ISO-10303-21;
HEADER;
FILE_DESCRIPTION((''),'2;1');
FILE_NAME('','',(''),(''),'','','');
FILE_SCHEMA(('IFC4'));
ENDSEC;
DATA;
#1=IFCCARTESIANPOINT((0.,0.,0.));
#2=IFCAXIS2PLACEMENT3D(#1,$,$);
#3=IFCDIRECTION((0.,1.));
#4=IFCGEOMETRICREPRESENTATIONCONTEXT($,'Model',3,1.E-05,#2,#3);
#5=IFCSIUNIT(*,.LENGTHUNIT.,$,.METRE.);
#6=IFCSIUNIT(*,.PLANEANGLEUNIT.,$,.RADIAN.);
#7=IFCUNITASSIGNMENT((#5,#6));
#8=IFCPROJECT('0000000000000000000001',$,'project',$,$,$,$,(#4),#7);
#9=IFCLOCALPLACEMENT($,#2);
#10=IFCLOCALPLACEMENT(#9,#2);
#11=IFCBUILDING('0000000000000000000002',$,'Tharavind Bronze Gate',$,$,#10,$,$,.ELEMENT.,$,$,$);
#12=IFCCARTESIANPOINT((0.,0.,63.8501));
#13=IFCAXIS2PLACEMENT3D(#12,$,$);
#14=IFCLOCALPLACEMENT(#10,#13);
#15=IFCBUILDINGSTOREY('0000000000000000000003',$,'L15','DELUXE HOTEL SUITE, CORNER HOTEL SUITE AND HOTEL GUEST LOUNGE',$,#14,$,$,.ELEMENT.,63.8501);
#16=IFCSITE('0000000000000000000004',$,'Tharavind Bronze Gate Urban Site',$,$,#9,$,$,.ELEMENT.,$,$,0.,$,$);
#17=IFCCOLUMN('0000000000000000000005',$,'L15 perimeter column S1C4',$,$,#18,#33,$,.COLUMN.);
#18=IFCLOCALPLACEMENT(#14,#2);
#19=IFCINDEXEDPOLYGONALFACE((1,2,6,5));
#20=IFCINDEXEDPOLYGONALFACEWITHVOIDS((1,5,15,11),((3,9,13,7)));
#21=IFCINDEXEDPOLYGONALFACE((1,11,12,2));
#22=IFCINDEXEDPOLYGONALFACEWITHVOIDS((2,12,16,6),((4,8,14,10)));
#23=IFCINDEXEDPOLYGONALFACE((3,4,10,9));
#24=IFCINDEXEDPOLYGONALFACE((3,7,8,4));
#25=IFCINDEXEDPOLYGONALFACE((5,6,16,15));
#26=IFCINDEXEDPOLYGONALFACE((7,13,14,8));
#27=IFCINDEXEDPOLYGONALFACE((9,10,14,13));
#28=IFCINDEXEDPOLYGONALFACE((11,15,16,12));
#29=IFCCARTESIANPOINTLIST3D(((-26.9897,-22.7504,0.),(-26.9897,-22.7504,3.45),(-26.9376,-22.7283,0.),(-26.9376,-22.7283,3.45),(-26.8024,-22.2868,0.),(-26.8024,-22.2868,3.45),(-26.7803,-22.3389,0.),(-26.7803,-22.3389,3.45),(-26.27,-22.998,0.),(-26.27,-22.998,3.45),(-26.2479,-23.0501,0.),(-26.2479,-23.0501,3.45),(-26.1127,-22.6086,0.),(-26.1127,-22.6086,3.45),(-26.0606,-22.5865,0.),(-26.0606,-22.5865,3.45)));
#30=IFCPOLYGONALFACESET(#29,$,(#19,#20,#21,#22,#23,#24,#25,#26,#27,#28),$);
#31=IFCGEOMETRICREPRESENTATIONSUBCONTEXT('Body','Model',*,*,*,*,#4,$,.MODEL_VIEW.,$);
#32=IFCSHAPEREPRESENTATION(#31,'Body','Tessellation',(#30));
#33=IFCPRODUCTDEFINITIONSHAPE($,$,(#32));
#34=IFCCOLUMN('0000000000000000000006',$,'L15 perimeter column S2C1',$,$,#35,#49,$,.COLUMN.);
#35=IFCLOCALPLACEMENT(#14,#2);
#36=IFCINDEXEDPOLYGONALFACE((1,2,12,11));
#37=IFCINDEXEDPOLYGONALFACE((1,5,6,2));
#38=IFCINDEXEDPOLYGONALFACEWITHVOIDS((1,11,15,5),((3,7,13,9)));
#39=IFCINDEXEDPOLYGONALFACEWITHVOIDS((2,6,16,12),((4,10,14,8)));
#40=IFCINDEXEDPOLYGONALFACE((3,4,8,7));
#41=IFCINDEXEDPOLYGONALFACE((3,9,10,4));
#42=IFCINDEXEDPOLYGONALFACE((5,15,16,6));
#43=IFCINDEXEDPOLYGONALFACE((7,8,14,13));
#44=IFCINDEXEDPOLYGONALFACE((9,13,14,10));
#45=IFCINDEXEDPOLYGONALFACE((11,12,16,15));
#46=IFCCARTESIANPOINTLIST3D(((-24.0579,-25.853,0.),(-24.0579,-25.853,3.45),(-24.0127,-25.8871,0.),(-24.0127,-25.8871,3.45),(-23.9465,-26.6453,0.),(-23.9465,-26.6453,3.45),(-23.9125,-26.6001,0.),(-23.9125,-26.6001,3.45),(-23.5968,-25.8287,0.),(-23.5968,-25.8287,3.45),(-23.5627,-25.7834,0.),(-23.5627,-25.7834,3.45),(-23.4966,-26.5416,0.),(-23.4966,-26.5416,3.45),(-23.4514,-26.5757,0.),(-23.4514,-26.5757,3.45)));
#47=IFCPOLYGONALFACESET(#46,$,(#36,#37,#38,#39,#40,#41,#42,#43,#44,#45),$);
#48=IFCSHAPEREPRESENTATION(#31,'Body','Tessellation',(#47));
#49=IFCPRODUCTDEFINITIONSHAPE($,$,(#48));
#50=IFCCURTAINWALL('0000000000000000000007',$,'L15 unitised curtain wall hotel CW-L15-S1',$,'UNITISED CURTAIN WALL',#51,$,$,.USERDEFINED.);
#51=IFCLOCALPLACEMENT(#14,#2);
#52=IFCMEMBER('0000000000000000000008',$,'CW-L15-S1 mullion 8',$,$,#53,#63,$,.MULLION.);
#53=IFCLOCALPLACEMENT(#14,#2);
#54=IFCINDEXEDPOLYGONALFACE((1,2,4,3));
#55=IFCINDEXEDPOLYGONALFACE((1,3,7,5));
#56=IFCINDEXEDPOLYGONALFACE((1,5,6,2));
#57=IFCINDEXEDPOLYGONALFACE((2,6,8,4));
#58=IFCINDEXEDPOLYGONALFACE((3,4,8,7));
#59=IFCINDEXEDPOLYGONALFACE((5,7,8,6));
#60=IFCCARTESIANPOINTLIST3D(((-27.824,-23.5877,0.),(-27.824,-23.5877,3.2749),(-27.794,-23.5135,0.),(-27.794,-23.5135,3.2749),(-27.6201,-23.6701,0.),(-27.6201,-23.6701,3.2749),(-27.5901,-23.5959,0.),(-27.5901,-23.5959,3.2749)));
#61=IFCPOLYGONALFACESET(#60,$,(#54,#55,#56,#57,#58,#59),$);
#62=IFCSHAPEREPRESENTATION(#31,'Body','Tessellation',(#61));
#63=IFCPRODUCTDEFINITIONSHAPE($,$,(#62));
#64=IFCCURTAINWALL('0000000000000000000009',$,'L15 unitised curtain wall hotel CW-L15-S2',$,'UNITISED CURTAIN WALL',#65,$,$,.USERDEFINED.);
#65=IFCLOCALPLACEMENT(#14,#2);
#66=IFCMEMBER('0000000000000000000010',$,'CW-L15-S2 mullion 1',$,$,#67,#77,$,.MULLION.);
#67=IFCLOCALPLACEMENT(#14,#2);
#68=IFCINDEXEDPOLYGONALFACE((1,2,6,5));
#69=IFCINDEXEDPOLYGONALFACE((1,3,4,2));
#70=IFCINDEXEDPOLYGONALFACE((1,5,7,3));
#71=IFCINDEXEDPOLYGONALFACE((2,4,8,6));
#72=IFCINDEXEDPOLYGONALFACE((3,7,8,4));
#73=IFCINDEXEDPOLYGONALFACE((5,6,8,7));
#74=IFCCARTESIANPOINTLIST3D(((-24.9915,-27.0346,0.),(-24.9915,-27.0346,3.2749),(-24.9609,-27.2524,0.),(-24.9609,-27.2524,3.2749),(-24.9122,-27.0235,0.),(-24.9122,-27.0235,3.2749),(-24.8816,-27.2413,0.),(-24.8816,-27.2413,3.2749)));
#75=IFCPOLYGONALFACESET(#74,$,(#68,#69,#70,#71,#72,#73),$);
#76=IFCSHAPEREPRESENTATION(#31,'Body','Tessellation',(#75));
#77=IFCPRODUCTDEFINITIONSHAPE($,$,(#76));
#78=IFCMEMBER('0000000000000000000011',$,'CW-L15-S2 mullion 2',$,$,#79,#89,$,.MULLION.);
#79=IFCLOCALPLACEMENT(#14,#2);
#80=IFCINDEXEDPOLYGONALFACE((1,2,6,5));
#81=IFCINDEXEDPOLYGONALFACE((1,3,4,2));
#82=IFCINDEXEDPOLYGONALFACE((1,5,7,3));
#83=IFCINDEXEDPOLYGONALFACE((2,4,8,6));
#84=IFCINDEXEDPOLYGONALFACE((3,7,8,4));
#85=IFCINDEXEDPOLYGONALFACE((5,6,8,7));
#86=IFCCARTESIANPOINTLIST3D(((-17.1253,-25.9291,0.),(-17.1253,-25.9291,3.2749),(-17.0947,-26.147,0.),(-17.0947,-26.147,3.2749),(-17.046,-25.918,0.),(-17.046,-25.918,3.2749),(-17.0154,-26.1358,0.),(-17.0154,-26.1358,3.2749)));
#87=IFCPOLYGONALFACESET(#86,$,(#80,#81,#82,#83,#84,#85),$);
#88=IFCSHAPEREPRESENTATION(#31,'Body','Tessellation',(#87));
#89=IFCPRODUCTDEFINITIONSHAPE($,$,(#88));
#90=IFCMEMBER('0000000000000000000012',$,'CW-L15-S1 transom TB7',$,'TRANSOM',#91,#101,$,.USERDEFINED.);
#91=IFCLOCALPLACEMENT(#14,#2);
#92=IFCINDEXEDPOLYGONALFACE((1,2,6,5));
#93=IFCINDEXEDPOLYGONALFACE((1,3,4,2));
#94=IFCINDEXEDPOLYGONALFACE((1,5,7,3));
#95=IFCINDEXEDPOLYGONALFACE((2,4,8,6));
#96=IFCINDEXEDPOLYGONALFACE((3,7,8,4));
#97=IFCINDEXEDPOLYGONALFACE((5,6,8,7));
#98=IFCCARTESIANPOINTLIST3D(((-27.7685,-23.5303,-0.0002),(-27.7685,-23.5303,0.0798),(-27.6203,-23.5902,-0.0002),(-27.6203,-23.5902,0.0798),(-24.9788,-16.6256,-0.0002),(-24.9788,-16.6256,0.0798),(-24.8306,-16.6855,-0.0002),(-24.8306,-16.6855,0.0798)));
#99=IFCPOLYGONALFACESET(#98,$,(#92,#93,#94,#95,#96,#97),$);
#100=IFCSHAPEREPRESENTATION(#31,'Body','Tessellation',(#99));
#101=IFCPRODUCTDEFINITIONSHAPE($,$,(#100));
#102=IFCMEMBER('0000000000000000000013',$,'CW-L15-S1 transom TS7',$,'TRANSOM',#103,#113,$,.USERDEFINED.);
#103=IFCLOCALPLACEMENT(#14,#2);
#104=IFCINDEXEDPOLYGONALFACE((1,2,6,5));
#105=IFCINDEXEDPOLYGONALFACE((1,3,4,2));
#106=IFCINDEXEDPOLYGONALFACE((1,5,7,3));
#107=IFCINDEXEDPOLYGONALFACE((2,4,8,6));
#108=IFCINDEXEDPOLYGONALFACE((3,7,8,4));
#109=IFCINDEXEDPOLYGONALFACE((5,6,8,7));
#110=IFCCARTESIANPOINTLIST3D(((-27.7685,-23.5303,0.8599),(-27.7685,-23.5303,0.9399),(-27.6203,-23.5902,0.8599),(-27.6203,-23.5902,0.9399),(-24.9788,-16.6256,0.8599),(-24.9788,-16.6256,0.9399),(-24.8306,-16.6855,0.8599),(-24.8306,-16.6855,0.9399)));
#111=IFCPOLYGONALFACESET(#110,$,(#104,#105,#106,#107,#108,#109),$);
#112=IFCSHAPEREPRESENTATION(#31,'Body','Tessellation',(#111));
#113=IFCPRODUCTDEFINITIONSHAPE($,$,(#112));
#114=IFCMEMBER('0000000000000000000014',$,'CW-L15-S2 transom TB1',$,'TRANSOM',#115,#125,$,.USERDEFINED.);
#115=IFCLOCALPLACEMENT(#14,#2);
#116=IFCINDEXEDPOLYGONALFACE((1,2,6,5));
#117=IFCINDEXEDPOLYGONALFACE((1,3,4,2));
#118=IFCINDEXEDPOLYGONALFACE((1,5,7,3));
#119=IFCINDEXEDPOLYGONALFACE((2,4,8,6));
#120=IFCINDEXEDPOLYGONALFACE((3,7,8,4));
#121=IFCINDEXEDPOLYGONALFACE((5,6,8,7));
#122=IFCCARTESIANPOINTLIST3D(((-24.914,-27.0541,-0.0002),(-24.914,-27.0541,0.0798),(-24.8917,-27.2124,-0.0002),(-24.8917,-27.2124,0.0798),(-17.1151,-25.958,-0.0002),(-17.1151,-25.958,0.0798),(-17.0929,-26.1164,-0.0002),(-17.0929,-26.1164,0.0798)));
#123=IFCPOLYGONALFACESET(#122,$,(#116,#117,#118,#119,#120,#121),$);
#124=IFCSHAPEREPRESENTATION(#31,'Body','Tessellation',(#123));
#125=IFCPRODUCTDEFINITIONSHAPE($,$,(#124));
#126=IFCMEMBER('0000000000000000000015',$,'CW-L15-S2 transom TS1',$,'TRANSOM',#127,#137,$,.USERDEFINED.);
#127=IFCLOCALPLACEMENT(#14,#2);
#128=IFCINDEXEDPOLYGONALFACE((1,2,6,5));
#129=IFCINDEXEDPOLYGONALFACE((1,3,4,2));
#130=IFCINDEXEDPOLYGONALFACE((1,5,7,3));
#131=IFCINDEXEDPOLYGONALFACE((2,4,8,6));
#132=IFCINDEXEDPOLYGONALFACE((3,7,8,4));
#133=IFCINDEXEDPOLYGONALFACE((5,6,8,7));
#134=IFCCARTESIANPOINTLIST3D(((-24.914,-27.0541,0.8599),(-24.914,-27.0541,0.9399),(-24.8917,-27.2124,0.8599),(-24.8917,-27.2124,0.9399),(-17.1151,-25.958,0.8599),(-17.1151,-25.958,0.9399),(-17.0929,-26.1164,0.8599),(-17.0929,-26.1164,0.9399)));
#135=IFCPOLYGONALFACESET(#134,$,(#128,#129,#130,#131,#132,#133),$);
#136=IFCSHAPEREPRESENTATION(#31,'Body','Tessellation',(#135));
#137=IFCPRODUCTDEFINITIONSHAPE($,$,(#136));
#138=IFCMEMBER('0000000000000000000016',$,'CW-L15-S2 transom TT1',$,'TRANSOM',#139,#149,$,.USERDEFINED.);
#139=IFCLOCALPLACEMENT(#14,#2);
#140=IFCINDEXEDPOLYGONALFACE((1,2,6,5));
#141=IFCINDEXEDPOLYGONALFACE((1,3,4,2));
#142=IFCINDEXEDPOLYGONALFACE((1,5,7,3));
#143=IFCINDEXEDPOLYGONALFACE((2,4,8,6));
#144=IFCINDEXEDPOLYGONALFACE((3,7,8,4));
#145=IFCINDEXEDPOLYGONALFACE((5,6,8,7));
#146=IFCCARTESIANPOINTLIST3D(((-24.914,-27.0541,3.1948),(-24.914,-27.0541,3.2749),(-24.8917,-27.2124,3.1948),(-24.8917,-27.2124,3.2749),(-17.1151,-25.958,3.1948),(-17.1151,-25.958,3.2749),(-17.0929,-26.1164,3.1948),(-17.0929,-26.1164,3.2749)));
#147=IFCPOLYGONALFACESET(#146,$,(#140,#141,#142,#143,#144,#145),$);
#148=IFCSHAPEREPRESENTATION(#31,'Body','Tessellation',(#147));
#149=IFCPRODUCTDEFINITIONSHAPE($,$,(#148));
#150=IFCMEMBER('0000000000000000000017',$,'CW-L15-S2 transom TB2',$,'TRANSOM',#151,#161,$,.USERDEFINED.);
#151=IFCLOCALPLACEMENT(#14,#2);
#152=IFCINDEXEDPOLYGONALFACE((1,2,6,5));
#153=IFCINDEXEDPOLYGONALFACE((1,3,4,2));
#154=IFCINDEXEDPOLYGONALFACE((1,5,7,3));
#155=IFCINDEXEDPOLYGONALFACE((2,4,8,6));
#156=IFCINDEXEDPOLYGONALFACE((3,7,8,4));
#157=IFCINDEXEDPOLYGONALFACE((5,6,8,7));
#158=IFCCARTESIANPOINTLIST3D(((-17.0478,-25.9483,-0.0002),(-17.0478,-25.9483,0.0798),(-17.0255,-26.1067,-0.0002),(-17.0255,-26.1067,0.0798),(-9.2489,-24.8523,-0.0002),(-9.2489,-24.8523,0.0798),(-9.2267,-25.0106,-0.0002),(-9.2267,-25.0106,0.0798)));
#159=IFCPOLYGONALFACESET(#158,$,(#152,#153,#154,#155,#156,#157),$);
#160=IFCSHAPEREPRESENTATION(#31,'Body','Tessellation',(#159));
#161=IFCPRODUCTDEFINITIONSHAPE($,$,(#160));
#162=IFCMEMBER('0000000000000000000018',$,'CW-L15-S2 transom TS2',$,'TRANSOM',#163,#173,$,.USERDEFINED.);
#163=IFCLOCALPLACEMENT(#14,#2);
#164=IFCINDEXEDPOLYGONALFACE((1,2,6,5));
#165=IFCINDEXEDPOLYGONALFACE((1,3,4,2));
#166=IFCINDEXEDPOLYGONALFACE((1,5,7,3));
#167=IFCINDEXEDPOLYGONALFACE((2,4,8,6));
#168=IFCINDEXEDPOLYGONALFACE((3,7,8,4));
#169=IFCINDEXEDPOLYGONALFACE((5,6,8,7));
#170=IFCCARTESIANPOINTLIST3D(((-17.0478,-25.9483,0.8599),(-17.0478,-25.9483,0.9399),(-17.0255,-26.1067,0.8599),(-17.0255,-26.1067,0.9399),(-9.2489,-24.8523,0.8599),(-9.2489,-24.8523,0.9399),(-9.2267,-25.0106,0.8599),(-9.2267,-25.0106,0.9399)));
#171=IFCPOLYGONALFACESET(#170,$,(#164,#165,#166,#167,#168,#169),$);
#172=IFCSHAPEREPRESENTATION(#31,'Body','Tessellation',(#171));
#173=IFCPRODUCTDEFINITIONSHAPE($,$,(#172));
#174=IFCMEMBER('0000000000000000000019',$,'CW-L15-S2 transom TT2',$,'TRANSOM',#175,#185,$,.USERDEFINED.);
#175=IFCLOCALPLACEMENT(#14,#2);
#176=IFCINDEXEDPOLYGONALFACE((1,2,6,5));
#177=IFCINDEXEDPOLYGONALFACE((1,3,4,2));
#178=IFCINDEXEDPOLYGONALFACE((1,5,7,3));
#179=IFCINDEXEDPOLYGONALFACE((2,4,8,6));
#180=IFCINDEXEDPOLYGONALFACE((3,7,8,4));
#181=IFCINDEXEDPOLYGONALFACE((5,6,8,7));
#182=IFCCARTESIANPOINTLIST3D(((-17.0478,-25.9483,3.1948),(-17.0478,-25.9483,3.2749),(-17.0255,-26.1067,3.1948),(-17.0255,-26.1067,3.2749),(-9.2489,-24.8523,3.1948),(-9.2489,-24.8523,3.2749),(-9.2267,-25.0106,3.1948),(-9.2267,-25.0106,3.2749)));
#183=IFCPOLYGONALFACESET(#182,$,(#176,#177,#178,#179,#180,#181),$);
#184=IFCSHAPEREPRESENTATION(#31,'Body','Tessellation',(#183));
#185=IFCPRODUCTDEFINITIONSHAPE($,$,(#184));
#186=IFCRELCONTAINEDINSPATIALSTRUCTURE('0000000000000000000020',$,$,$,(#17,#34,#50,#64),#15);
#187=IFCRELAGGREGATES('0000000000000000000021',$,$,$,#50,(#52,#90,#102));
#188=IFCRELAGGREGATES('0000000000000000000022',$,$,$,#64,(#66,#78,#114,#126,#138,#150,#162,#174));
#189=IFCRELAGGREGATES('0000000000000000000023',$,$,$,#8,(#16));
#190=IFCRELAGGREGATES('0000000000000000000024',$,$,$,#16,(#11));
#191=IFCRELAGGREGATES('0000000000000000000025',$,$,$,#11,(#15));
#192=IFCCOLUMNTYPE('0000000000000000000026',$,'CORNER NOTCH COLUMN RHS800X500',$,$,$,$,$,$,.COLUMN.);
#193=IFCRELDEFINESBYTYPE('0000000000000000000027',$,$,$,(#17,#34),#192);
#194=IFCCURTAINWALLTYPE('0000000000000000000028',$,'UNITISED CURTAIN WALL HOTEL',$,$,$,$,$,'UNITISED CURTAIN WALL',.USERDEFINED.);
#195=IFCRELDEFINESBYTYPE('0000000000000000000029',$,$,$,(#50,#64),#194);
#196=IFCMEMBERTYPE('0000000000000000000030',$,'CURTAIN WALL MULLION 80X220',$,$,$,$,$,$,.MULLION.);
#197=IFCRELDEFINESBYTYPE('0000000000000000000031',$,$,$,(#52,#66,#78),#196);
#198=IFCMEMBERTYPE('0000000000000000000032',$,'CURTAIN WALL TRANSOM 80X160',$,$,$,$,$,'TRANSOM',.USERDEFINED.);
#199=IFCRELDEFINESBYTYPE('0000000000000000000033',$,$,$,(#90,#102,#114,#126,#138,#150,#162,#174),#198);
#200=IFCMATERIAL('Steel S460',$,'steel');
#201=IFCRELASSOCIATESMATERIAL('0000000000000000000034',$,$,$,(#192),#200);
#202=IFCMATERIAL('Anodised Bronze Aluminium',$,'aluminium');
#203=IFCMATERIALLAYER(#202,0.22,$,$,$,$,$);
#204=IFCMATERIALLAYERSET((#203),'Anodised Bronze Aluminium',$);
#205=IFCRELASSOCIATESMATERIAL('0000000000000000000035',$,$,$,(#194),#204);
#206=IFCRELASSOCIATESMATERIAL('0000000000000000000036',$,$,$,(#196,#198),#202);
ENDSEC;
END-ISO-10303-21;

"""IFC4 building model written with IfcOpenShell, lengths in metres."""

from ifc_helpers import new_model, si_unit, direction, frame, origin, origin_2d, place, context, subcontext, project, spatial, rectangle, hollow_rectangle, extrude, material, layer, layer_set, material_profile, profile_set, type_object, element, aggregate, save


model = new_model("IFC4")

# Units and contexts
model_context = context("Model", 3, precision=1e-05, world=origin(), true_north=direction((0.0, 1.0)))
body_context = subcontext(model_context, "Body", "Model", "MODEL_VIEW")
ifc_project = project(units=[si_unit("LENGTHUNIT", "METRE"), si_unit("PLANEANGLEUNIT", "RADIAN")], contexts=[model_context])

# Site, building, storey
site_placement = place(None, origin())
site = spatial("IfcSite", under=ifc_project, at=site_placement, Name="Tharavind Bronze Gate Urban Site", CompositionType="ELEMENT", RefElevation=0.0)
building_placement = place(site_placement, origin())
building = spatial("IfcBuilding", under=site, at=building_placement, Name="Tharavind Bronze Gate", CompositionType="ELEMENT")
storey_placement = place(building_placement, frame((0.0, 0.0, 63.8501)))
storey = spatial("IfcBuildingStorey", under=building, at=storey_placement, Name="L15", Description="DELUXE HOTEL SUITE, CORNER HOTEL SUITE AND HOTEL GUEST LOUNGE", CompositionType="ELEMENT", Elevation=63.8501)

# Columns
ifc_material_1 = material(Name="Steel S460", Category="steel")
ifc_material_profile_1 = material_profile(ifc_material_1, hollow_rectangle(XDim=0.5, YDim=0.8, WallThickness=0.04, at=origin_2d()), Name="RHS800X500X40")
ifc_profile_set_1 = profile_set([ifc_material_profile_1], Name="Steel S460")
column_type = type_object("IfcColumnType", Name="CORNER NOTCH COLUMN RHS800X500", PredefinedType="COLUMN", material=ifc_profile_set_1)
for number, where, z_axis, x_axis, name in (
    (1, (-26.5251, -22.6685, 0.0), (0.0, 0.0, 1.0), (0.374608, 0.927183, 0.0), "L15 perimeter column S1C4"),
    (2, (-23.7546, -26.2144, 0.0), (0.0, 0.0, 1.0), (0.990268, 0.139173, 0.0), "L15 perimeter column S2C1"),
):
    element("IfcColumn", number, at=place(storey_placement, frame(where, z_axis=z_axis, x_axis=x_axis)), inside=storey, type_object=column_type, Name=name, PredefinedType="COLUMN", context=body_context, shape_type="SweptSolid", body=[
        extrude(hollow_rectangle(XDim=0.5, YDim=0.8, WallThickness=0.04, at=origin_2d()), origin(), (0.0, 0.0, 1.0), 3.45),
    ])

# Curtain wall, member
ifc_material_2 = material(Name="Anodised Bronze Aluminium", Category="aluminium")
ifc_layer_1 = layer(ifc_material_2, 0.22)
ifc_layer_set_1 = layer_set([ifc_layer_1], Name="Anodised Bronze Aluminium")
curtain_wall_type = type_object("IfcCurtainWallType", Name="UNITISED CURTAIN WALL HOTEL", ElementType="UNITISED CURTAIN WALL", PredefinedType="USERDEFINED", material=ifc_layer_set_1)
curtain_wall_1_placement = place(storey_placement, origin())
curtain_wall_1 = element("IfcCurtainWall", 3, at=curtain_wall_1_placement, inside=storey, type_object=curtain_wall_type, Name="L15 unitised curtain wall hotel CW-L15-S1", ObjectType="UNITISED CURTAIN WALL", PredefinedType="USERDEFINED")
member_type_1 = type_object("IfcMemberType", Name="CURTAIN WALL MULLION 80X220", PredefinedType="MULLION", material=ifc_material_2)
member_1_placement = place(storey_placement, frame((-27.707, -23.5918, 0.0), z_axis=(0.0, 0.0, 1.0), x_axis=(-0.374607, -0.927184, 0.0)))
member_1 = element("IfcMember", 4, at=member_1_placement, type_object=member_type_1, Name="CW-L15-S1 mullion 8", PredefinedType="MULLION", context=body_context, shape_type="SweptSolid", body=[
    extrude(rectangle(XDim=0.0801, YDim=0.22, at=origin_2d()), origin(), (0.0, 0.0, 1.0), 3.2749),
])

# Curtain wall, members
curtain_wall_2_placement = place(storey_placement, origin())
curtain_wall_2 = element("IfcCurtainWall", 5, at=curtain_wall_2_placement, inside=storey, type_object=curtain_wall_type, Name="L15 unitised curtain wall hotel CW-L15-S2", ObjectType="UNITISED CURTAIN WALL", PredefinedType="USERDEFINED")
member_2_placement = place(storey_placement, frame((-24.9365, -27.1379, 0.0), z_axis=(0.0, 0.0, 1.0), x_axis=(0.990268, 0.139173, 0.0)))
member_2 = element("IfcMember", 6, at=member_2_placement, type_object=member_type_1, Name="CW-L15-S2 mullion 1", PredefinedType="MULLION", context=body_context, shape_type="SweptSolid", body=[
    extrude(rectangle(XDim=0.0801, YDim=0.22, at=origin_2d()), origin(), (0.0, 0.0, 1.0), 3.2749),
])
member_3_placement = place(storey_placement, frame((-17.0703, -26.0325, 0.0), z_axis=(0.0, 0.0, 1.0), x_axis=(0.990268, 0.139173, 0.0)))
member_3 = element("IfcMember", 7, at=member_3_placement, type_object=member_type_1, Name="CW-L15-S2 mullion 2", PredefinedType="MULLION", context=body_context, shape_type="SweptSolid", body=[
    extrude(rectangle(XDim=0.0801, YDim=0.22, at=origin_2d()), origin(), (0.0, 0.0, 1.0), 3.2749),
])

# Members
member_type_2 = type_object("IfcMemberType", Name="CURTAIN WALL TRANSOM 80X160", ElementType="TRANSOM", PredefinedType="USERDEFINED", material=ifc_material_2)
member_4_placement = place(storey_placement, frame((-26.2996, -20.1079, -0.0002), z_axis=(0.0, 0.0, 1.0), x_axis=(-0.374607, -0.927184, 0.0)))
member_4 = element("IfcMember", 8, at=member_4_placement, type_object=member_type_2, Name="CW-L15-S1 transom TB7", ObjectType="TRANSOM", PredefinedType="USERDEFINED", context=body_context, shape_type="SweptSolid", body=[
    extrude(rectangle(XDim=7.447, YDim=0.1599, at=origin_2d()), origin(), (0.0, 0.0, 1.0), 0.0801),
])
member_5_placement = place(storey_placement, frame((-26.2996, -20.1079, 0.8599), z_axis=(0.0, 0.0, 1.0), x_axis=(-0.374607, -0.927184, 0.0)))
member_5 = element("IfcMember", 9, at=member_5_placement, type_object=member_type_2, Name="CW-L15-S1 transom TS7", ObjectType="TRANSOM", PredefinedType="USERDEFINED", context=body_context, shape_type="SweptSolid", body=[
    extrude(rectangle(XDim=7.447, YDim=0.1599, at=origin_2d()), origin(), (0.0, 0.0, 1.0), 0.0801),
])
aggregate(curtain_wall_1, [member_1, member_4, member_5])
member_6_placement = place(storey_placement, frame((-21.0034, -26.5852, -0.0002), z_axis=(0.0, 0.0, 1.0), x_axis=(0.990268, 0.139173, 0.0)))
member_6 = element("IfcMember", 10, at=member_6_placement, type_object=member_type_2, Name="CW-L15-S2 transom TB1", ObjectType="TRANSOM", PredefinedType="USERDEFINED", context=body_context, shape_type="SweptSolid", body=[
    extrude(rectangle(XDim=7.8755, YDim=0.1599, at=origin_2d()), origin(), (0.0, 0.0, 1.0), 0.0801),
])
member_7_placement = place(storey_placement, frame((-21.0034, -26.5852, 0.8599), z_axis=(0.0, 0.0, 1.0), x_axis=(0.990268, 0.139173, 0.0)))
member_7 = element("IfcMember", 11, at=member_7_placement, type_object=member_type_2, Name="CW-L15-S2 transom TS1", ObjectType="TRANSOM", PredefinedType="USERDEFINED", context=body_context, shape_type="SweptSolid", body=[
    extrude(rectangle(XDim=7.8755, YDim=0.1599, at=origin_2d()), origin(), (0.0, 0.0, 1.0), 0.0801),
])
member_8_placement = place(storey_placement, frame((-21.0034, -26.5852, 3.1948), z_axis=(0.0, 0.0, 1.0), x_axis=(0.990268, 0.139173, 0.0)))
member_8 = element("IfcMember", 12, at=member_8_placement, type_object=member_type_2, Name="CW-L15-S2 transom TT1", ObjectType="TRANSOM", PredefinedType="USERDEFINED", context=body_context, shape_type="SweptSolid", body=[
    extrude(rectangle(XDim=7.8755, YDim=0.1599, at=origin_2d()), origin(), (0.0, 0.0, 1.0), 0.0801),
])
member_9_placement = place(storey_placement, frame((-13.1372, -25.4795, -0.0002), z_axis=(0.0, 0.0, 1.0), x_axis=(0.990268, 0.139173, 0.0)))
member_9 = element("IfcMember", 13, at=member_9_placement, type_object=member_type_2, Name="CW-L15-S2 transom TB2", ObjectType="TRANSOM", PredefinedType="USERDEFINED", context=body_context, shape_type="SweptSolid", body=[
    extrude(rectangle(XDim=7.8755, YDim=0.1599, at=origin_2d()), origin(), (0.0, 0.0, 1.0), 0.0801),
])
member_10_placement = place(storey_placement, frame((-13.1372, -25.4795, 0.8599), z_axis=(0.0, 0.0, 1.0), x_axis=(0.990268, 0.139173, 0.0)))
member_10 = element("IfcMember", 14, at=member_10_placement, type_object=member_type_2, Name="CW-L15-S2 transom TS2", ObjectType="TRANSOM", PredefinedType="USERDEFINED", context=body_context, shape_type="SweptSolid", body=[
    extrude(rectangle(XDim=7.8755, YDim=0.1599, at=origin_2d()), origin(), (0.0, 0.0, 1.0), 0.0801),
])
member_11_placement = place(storey_placement, frame((-13.1372, -25.4795, 3.1948), z_axis=(0.0, 0.0, 1.0), x_axis=(0.990268, 0.139173, 0.0)))
member_11 = element("IfcMember", 15, at=member_11_placement, type_object=member_type_2, Name="CW-L15-S2 transom TT2", ObjectType="TRANSOM", PredefinedType="USERDEFINED", context=body_context, shape_type="SweptSolid", body=[
    extrude(rectangle(XDim=7.8755, YDim=0.1599, at=origin_2d()), origin(), (0.0, 0.0, 1.0), 0.0801),
])

aggregate(curtain_wall_2, [member_2, member_3, member_6, member_7, member_8, member_9, member_10, member_11])

save(model, "model.ifc")
